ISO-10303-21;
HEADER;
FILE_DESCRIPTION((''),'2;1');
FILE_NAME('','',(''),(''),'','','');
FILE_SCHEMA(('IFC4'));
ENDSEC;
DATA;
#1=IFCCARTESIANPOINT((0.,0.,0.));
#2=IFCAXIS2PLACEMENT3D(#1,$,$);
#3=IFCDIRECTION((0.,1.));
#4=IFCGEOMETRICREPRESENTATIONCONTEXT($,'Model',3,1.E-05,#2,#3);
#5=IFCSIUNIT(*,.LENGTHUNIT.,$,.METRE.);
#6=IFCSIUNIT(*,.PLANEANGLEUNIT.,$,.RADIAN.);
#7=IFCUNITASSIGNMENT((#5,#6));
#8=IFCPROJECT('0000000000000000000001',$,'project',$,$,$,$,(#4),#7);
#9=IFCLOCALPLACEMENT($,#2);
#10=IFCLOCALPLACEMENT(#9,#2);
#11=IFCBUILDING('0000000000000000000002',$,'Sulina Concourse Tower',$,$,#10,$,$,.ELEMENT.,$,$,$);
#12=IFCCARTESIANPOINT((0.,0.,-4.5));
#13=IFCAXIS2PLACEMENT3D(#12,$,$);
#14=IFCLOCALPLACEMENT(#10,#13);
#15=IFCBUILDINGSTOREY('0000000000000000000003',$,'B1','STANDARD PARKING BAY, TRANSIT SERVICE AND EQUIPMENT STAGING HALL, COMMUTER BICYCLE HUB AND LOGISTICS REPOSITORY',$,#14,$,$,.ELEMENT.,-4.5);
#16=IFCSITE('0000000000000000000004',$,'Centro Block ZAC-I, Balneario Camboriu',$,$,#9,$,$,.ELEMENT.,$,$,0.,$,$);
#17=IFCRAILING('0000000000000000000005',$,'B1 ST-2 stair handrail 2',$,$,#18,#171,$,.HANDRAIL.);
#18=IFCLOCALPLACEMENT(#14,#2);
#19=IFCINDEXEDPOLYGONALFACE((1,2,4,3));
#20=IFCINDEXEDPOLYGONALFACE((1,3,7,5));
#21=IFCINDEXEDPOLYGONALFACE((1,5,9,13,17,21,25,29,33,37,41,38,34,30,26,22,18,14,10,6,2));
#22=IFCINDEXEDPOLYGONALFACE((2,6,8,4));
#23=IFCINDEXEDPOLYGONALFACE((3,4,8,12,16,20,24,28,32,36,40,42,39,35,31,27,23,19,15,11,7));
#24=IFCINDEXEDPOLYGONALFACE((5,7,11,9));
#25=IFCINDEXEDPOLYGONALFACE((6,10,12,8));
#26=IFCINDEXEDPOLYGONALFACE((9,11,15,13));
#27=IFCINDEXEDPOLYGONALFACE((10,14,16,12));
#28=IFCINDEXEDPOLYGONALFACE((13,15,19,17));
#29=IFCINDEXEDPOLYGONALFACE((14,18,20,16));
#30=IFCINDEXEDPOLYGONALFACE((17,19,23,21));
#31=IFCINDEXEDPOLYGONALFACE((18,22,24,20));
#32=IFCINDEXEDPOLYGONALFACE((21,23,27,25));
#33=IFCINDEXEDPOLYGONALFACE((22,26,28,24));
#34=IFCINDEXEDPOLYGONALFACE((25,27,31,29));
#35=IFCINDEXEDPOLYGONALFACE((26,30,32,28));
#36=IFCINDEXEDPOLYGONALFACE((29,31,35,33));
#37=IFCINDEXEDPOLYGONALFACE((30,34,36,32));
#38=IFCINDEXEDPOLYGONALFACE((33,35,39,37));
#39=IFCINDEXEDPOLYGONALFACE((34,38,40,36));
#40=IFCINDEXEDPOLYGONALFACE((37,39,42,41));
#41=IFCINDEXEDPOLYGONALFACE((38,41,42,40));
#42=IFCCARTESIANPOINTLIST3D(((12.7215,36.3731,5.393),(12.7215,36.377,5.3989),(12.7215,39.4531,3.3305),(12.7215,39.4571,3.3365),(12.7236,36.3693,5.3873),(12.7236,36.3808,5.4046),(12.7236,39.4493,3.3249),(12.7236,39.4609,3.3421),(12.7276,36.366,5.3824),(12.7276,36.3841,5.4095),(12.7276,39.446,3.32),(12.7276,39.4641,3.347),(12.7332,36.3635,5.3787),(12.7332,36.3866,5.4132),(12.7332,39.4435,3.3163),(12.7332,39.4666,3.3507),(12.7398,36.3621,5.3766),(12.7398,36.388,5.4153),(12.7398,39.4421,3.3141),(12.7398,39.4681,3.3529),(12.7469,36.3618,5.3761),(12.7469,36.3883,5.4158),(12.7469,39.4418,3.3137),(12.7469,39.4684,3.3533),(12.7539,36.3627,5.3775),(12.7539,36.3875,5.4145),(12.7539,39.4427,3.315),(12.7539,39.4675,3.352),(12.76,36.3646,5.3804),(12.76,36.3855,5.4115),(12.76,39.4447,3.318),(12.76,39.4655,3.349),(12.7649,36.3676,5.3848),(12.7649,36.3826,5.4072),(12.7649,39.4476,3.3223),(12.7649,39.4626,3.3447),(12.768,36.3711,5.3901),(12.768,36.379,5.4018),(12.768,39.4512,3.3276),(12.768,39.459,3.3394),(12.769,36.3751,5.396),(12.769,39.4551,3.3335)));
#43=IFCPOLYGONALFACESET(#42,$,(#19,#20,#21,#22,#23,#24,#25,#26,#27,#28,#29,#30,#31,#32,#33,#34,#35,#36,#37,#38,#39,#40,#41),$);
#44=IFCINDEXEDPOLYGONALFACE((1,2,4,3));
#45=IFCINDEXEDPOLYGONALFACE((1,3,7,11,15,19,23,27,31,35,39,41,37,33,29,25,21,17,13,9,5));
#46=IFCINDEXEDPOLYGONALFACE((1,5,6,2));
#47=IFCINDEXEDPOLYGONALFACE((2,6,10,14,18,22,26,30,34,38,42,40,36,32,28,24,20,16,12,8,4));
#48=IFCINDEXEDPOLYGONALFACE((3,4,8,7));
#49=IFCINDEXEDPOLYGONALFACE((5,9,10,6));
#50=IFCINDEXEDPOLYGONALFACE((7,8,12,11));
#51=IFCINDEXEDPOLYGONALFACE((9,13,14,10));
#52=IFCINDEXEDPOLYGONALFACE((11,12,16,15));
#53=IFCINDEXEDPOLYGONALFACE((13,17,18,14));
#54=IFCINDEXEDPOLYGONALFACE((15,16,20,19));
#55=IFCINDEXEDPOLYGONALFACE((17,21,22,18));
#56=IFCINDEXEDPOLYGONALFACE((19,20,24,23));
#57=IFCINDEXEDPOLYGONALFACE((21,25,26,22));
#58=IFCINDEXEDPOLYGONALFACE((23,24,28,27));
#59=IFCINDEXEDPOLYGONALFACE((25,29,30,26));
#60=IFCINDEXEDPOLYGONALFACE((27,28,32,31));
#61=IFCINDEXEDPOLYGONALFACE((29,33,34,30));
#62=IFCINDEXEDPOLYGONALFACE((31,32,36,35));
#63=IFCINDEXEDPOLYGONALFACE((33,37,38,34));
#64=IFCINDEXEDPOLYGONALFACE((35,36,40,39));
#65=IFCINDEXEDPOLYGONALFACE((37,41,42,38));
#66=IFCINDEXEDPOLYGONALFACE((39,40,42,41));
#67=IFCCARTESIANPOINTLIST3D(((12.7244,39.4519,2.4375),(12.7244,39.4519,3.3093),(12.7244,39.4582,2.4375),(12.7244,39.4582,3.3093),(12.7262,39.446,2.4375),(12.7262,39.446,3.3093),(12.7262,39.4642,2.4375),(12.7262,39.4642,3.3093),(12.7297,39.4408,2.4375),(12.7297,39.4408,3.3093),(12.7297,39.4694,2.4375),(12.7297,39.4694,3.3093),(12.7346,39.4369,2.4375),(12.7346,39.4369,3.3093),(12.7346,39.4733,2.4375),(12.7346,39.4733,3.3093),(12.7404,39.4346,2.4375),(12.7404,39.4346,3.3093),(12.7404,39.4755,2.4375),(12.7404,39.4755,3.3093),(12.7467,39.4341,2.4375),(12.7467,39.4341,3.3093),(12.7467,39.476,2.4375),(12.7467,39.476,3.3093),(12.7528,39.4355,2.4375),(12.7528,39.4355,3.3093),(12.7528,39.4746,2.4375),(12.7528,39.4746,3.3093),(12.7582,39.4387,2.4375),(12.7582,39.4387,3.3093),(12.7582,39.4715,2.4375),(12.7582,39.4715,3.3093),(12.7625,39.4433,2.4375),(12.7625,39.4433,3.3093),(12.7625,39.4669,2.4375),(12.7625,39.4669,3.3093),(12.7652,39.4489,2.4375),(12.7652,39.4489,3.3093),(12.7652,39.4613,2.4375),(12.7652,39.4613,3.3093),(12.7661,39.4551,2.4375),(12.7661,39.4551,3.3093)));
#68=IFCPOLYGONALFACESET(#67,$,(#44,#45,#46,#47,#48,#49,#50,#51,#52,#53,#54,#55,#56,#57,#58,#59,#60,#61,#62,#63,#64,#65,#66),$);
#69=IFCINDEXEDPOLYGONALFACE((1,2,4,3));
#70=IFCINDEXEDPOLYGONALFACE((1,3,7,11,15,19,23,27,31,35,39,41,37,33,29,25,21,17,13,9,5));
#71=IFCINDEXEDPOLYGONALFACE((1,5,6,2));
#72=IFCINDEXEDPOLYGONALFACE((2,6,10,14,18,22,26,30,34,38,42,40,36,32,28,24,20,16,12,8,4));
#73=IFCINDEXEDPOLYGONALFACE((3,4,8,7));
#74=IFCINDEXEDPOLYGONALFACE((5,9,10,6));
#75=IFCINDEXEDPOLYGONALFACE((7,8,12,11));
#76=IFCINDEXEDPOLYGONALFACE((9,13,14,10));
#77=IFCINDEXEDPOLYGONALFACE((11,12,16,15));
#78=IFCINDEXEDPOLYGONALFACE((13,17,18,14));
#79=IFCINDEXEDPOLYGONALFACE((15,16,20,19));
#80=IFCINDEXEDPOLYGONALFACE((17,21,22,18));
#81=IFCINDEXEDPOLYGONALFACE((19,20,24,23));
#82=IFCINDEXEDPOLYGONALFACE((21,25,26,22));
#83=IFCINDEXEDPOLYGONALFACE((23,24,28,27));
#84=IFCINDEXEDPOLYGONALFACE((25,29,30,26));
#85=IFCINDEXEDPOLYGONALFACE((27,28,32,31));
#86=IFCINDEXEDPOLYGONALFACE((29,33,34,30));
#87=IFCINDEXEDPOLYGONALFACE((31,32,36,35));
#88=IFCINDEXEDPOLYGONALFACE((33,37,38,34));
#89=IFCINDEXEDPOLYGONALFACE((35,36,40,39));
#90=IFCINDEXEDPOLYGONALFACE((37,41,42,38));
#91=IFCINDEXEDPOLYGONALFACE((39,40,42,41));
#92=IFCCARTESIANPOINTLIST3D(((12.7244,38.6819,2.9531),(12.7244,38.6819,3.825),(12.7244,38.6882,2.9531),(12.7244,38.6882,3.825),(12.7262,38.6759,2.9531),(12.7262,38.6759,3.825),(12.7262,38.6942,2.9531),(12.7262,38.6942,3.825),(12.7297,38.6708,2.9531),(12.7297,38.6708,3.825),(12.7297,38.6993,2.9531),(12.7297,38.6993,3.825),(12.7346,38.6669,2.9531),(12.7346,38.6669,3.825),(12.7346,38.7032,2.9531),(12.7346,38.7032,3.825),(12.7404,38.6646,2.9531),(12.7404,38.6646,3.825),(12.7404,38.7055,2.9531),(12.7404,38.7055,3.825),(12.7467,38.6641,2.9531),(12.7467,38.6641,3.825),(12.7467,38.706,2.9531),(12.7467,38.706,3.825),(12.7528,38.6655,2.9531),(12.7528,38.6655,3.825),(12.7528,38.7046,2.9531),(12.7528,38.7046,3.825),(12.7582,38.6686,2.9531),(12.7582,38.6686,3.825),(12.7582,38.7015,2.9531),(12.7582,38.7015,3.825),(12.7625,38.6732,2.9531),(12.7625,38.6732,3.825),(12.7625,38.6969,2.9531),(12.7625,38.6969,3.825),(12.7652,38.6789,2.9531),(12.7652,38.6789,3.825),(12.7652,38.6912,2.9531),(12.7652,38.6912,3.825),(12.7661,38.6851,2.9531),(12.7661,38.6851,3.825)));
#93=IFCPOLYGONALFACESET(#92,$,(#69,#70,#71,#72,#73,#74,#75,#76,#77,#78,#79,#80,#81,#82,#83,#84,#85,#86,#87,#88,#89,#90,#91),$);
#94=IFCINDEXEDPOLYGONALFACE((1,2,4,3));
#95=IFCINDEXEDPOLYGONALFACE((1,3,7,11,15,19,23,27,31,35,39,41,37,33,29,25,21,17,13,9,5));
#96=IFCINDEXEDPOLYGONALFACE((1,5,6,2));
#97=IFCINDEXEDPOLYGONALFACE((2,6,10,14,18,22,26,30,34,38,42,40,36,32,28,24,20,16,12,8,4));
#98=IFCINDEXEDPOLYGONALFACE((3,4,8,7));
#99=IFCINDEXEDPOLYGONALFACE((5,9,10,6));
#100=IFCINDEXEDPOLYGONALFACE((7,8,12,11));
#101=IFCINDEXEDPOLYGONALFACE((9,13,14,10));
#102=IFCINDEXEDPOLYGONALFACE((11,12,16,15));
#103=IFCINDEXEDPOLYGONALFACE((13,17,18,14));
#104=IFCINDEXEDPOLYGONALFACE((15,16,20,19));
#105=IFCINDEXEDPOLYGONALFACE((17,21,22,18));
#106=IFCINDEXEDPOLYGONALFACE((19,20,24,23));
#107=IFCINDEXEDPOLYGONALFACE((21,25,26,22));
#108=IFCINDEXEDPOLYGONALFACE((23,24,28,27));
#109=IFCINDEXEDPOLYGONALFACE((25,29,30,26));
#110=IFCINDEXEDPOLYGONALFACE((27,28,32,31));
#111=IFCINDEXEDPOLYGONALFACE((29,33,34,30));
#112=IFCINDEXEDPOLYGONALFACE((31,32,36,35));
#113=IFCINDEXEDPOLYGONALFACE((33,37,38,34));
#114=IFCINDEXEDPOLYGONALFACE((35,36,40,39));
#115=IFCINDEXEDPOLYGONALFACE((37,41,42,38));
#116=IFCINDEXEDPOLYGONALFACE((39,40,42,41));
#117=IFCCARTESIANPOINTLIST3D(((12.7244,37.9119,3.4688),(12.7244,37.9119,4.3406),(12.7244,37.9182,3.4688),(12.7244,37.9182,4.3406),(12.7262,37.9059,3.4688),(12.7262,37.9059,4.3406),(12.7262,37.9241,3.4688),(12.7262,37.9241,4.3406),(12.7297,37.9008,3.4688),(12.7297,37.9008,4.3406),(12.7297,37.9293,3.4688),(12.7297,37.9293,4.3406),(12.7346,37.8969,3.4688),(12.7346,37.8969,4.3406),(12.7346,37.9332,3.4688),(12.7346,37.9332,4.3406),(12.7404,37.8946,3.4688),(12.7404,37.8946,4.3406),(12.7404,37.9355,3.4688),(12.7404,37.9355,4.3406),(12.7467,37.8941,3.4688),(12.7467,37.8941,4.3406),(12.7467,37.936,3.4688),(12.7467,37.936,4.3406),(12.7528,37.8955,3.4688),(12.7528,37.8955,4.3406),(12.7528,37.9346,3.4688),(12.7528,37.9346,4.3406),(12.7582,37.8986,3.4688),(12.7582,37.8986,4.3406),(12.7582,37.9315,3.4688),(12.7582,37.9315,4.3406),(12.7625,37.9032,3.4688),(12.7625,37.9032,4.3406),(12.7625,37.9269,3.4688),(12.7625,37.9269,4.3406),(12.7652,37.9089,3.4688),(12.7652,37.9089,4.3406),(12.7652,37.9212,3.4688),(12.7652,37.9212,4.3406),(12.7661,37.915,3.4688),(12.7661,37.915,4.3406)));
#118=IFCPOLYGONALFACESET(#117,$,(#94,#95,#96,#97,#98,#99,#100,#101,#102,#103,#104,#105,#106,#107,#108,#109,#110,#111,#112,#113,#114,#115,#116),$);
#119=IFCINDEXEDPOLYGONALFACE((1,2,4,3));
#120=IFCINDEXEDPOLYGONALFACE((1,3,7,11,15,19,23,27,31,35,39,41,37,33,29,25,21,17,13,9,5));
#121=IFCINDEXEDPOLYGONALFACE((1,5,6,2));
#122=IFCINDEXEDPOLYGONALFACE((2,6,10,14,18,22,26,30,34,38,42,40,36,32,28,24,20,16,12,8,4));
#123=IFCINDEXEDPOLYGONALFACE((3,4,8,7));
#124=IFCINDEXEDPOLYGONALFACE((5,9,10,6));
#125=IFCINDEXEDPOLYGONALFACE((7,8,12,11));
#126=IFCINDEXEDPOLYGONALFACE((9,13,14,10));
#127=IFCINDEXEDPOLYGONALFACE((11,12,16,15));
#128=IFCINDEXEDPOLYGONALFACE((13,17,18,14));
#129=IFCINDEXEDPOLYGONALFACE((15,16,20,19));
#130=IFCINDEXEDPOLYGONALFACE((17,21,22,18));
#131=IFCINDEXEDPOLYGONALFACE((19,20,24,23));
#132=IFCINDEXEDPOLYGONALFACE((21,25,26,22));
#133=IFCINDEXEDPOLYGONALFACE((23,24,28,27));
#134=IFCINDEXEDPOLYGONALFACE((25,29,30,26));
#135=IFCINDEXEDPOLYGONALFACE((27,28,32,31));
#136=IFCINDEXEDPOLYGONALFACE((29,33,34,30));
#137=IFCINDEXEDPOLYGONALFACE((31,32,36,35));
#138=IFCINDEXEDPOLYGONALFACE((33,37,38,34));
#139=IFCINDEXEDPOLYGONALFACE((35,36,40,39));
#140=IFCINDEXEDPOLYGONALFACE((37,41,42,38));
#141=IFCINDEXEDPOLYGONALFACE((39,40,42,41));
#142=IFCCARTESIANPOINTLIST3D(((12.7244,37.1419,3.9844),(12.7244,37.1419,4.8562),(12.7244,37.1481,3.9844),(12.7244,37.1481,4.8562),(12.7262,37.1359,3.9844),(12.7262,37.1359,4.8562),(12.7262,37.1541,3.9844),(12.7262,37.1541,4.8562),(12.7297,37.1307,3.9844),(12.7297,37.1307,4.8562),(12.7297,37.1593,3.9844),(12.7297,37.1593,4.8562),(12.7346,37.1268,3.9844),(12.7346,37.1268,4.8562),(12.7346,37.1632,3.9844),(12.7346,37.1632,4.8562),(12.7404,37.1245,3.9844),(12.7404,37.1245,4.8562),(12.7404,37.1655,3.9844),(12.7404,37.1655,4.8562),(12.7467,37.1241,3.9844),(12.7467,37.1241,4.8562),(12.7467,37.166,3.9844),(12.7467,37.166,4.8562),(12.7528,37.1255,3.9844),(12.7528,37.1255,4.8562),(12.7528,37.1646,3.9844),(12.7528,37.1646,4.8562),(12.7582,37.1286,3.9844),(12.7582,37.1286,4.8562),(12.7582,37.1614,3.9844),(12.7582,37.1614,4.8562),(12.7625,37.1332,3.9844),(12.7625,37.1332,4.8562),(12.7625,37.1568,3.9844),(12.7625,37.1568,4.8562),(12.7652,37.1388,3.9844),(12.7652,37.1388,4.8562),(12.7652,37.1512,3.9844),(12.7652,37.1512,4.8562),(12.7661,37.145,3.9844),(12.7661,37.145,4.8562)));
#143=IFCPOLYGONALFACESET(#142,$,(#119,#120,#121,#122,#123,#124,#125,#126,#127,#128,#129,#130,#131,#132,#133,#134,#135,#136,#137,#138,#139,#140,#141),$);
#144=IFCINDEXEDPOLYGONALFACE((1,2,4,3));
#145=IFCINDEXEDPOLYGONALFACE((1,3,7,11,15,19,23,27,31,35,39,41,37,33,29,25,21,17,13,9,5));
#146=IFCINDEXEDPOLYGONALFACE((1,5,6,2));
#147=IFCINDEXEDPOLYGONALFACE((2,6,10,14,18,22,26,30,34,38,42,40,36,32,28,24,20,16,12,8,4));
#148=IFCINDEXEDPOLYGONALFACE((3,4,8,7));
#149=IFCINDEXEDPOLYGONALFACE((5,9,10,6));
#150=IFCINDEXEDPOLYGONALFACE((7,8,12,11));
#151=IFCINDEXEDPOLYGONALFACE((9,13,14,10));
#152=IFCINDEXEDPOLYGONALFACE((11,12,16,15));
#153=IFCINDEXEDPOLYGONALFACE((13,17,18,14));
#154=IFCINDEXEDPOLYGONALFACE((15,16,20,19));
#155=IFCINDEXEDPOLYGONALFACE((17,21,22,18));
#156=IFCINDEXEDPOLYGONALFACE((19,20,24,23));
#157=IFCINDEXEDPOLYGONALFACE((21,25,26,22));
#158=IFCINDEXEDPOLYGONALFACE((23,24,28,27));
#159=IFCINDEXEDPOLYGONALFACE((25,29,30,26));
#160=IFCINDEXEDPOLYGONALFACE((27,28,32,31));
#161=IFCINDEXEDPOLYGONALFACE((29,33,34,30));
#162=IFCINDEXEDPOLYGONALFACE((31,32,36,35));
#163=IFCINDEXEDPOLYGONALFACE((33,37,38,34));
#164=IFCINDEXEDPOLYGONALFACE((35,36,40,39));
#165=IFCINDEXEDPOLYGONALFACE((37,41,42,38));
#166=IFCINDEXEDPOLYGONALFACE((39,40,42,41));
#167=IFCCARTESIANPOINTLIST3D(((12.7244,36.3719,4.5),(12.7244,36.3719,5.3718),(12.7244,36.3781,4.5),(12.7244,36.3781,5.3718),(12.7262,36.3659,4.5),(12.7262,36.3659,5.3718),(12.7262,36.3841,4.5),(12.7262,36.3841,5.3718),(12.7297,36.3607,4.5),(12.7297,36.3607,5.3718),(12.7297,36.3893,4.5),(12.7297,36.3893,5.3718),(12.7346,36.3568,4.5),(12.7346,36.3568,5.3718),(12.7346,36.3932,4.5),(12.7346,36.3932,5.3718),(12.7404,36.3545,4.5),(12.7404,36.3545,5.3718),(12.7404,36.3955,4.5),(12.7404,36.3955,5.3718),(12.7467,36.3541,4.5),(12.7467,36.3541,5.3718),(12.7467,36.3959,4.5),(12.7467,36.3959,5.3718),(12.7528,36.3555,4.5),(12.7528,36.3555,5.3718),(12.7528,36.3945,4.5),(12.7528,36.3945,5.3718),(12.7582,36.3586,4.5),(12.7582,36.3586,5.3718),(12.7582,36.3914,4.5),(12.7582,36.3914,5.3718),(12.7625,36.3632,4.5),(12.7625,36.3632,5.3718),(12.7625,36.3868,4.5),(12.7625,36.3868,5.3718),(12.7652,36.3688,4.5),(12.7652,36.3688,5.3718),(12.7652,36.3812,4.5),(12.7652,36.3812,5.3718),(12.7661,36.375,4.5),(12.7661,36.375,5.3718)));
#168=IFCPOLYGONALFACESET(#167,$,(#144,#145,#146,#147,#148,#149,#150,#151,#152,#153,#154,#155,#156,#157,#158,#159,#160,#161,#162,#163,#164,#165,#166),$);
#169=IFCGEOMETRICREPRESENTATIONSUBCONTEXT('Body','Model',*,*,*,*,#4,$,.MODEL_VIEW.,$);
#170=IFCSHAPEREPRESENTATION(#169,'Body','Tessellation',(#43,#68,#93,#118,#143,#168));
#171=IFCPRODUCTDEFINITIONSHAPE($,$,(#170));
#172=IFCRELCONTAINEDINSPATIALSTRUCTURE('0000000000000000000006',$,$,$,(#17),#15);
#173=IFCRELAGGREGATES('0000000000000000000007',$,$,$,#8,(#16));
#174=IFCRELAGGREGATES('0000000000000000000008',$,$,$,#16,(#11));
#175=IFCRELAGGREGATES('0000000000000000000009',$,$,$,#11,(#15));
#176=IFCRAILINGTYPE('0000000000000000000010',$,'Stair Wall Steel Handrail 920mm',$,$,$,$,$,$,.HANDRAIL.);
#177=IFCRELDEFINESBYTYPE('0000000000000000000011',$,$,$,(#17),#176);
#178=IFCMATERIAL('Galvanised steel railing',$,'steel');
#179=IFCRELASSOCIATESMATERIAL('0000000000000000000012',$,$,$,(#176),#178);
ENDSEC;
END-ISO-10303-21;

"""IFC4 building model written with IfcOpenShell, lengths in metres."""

from ifc_helpers import new_model, si_unit, direction, frame, origin, origin_2d, place, context, subcontext, project, spatial, circle, extrude, material, type_object, element, save


model = new_model("IFC4")

# Units and contexts
model_context = context("Model", 3, precision=1e-05, world=origin(), true_north=direction((0.0, 1.0)))
body_context = subcontext(model_context, "Body", "Model", "MODEL_VIEW")
ifc_project = project(units=[si_unit("LENGTHUNIT", "METRE"), si_unit("PLANEANGLEUNIT", "RADIAN")], contexts=[model_context])

# Site, building, storey
site_placement = place(None, origin())
site = spatial("IfcSite", under=ifc_project, at=site_placement, Name="Centro Block ZAC-I, Balneario Camboriu", CompositionType="ELEMENT", RefElevation=0.0)
building_placement = place(site_placement, origin())
building = spatial("IfcBuilding", under=site, at=building_placement, Name="Sulina Concourse Tower", CompositionType="ELEMENT")
storey_placement = place(building_placement, frame((0.0, 0.0, -4.5)))
storey = spatial("IfcBuildingStorey", under=building, at=storey_placement, Name="B1", Description="STANDARD PARKING BAY, TRANSIT SERVICE AND EQUIPMENT STAGING HALL, COMMUTER BICYCLE HUB AND LOGISTICS REPOSITORY", CompositionType="ELEMENT", Elevation=-4.5)

# Railing
ifc_material_1 = material(Name="Galvanised steel railing", Category="steel")
railing_type_1 = type_object("IfcRailingType", Name="Stair Wall Steel Handrail 920mm", PredefinedType="HANDRAIL", material=ifc_material_1)
railing_1_placement = place(storey_placement, frame((12.7451, 39.4551, 2.4375)))
element("IfcRailing", 1, at=railing_1_placement, inside=storey, type_object=railing_type_1, Name="B1 ST-2 stair handrail 2", PredefinedType="HANDRAIL", context=body_context, shape_type="SweptSolid", body=[
    extrude(circle(Radius=0.0239, at=origin_2d()), frame((0.0, 0.0, 0.896), z_axis=(0.0, -0.830914, 0.556401), x_axis=(1.0, 0.0, 0.0)), (0.0, 0.0, 1.0), 3.7068),
    extrude(circle(Radius=0.021, at=origin_2d()), origin(), (0.0, 0.0, 1.0), 0.8718),
    extrude(circle(Radius=0.021, at=origin_2d()), frame((0.0, -0.77, 0.5156)), (0.0, 0.0, 1.0), 0.8718),
    extrude(circle(Radius=0.021, at=origin_2d()), frame((0.0, -1.54, 1.0312)), (0.0, 0.0, 1.0), 0.8718),
    extrude(circle(Radius=0.021, at=origin_2d()), frame((0.0, -2.3101, 1.5469)), (0.0, 0.0, 1.0), 0.8718),
    extrude(circle(Radius=0.021, at=origin_2d()), frame((0.0, -3.0801, 2.0625)), (0.0, 0.0, 1.0), 0.8718),
])

save(model, "model.ifc")
